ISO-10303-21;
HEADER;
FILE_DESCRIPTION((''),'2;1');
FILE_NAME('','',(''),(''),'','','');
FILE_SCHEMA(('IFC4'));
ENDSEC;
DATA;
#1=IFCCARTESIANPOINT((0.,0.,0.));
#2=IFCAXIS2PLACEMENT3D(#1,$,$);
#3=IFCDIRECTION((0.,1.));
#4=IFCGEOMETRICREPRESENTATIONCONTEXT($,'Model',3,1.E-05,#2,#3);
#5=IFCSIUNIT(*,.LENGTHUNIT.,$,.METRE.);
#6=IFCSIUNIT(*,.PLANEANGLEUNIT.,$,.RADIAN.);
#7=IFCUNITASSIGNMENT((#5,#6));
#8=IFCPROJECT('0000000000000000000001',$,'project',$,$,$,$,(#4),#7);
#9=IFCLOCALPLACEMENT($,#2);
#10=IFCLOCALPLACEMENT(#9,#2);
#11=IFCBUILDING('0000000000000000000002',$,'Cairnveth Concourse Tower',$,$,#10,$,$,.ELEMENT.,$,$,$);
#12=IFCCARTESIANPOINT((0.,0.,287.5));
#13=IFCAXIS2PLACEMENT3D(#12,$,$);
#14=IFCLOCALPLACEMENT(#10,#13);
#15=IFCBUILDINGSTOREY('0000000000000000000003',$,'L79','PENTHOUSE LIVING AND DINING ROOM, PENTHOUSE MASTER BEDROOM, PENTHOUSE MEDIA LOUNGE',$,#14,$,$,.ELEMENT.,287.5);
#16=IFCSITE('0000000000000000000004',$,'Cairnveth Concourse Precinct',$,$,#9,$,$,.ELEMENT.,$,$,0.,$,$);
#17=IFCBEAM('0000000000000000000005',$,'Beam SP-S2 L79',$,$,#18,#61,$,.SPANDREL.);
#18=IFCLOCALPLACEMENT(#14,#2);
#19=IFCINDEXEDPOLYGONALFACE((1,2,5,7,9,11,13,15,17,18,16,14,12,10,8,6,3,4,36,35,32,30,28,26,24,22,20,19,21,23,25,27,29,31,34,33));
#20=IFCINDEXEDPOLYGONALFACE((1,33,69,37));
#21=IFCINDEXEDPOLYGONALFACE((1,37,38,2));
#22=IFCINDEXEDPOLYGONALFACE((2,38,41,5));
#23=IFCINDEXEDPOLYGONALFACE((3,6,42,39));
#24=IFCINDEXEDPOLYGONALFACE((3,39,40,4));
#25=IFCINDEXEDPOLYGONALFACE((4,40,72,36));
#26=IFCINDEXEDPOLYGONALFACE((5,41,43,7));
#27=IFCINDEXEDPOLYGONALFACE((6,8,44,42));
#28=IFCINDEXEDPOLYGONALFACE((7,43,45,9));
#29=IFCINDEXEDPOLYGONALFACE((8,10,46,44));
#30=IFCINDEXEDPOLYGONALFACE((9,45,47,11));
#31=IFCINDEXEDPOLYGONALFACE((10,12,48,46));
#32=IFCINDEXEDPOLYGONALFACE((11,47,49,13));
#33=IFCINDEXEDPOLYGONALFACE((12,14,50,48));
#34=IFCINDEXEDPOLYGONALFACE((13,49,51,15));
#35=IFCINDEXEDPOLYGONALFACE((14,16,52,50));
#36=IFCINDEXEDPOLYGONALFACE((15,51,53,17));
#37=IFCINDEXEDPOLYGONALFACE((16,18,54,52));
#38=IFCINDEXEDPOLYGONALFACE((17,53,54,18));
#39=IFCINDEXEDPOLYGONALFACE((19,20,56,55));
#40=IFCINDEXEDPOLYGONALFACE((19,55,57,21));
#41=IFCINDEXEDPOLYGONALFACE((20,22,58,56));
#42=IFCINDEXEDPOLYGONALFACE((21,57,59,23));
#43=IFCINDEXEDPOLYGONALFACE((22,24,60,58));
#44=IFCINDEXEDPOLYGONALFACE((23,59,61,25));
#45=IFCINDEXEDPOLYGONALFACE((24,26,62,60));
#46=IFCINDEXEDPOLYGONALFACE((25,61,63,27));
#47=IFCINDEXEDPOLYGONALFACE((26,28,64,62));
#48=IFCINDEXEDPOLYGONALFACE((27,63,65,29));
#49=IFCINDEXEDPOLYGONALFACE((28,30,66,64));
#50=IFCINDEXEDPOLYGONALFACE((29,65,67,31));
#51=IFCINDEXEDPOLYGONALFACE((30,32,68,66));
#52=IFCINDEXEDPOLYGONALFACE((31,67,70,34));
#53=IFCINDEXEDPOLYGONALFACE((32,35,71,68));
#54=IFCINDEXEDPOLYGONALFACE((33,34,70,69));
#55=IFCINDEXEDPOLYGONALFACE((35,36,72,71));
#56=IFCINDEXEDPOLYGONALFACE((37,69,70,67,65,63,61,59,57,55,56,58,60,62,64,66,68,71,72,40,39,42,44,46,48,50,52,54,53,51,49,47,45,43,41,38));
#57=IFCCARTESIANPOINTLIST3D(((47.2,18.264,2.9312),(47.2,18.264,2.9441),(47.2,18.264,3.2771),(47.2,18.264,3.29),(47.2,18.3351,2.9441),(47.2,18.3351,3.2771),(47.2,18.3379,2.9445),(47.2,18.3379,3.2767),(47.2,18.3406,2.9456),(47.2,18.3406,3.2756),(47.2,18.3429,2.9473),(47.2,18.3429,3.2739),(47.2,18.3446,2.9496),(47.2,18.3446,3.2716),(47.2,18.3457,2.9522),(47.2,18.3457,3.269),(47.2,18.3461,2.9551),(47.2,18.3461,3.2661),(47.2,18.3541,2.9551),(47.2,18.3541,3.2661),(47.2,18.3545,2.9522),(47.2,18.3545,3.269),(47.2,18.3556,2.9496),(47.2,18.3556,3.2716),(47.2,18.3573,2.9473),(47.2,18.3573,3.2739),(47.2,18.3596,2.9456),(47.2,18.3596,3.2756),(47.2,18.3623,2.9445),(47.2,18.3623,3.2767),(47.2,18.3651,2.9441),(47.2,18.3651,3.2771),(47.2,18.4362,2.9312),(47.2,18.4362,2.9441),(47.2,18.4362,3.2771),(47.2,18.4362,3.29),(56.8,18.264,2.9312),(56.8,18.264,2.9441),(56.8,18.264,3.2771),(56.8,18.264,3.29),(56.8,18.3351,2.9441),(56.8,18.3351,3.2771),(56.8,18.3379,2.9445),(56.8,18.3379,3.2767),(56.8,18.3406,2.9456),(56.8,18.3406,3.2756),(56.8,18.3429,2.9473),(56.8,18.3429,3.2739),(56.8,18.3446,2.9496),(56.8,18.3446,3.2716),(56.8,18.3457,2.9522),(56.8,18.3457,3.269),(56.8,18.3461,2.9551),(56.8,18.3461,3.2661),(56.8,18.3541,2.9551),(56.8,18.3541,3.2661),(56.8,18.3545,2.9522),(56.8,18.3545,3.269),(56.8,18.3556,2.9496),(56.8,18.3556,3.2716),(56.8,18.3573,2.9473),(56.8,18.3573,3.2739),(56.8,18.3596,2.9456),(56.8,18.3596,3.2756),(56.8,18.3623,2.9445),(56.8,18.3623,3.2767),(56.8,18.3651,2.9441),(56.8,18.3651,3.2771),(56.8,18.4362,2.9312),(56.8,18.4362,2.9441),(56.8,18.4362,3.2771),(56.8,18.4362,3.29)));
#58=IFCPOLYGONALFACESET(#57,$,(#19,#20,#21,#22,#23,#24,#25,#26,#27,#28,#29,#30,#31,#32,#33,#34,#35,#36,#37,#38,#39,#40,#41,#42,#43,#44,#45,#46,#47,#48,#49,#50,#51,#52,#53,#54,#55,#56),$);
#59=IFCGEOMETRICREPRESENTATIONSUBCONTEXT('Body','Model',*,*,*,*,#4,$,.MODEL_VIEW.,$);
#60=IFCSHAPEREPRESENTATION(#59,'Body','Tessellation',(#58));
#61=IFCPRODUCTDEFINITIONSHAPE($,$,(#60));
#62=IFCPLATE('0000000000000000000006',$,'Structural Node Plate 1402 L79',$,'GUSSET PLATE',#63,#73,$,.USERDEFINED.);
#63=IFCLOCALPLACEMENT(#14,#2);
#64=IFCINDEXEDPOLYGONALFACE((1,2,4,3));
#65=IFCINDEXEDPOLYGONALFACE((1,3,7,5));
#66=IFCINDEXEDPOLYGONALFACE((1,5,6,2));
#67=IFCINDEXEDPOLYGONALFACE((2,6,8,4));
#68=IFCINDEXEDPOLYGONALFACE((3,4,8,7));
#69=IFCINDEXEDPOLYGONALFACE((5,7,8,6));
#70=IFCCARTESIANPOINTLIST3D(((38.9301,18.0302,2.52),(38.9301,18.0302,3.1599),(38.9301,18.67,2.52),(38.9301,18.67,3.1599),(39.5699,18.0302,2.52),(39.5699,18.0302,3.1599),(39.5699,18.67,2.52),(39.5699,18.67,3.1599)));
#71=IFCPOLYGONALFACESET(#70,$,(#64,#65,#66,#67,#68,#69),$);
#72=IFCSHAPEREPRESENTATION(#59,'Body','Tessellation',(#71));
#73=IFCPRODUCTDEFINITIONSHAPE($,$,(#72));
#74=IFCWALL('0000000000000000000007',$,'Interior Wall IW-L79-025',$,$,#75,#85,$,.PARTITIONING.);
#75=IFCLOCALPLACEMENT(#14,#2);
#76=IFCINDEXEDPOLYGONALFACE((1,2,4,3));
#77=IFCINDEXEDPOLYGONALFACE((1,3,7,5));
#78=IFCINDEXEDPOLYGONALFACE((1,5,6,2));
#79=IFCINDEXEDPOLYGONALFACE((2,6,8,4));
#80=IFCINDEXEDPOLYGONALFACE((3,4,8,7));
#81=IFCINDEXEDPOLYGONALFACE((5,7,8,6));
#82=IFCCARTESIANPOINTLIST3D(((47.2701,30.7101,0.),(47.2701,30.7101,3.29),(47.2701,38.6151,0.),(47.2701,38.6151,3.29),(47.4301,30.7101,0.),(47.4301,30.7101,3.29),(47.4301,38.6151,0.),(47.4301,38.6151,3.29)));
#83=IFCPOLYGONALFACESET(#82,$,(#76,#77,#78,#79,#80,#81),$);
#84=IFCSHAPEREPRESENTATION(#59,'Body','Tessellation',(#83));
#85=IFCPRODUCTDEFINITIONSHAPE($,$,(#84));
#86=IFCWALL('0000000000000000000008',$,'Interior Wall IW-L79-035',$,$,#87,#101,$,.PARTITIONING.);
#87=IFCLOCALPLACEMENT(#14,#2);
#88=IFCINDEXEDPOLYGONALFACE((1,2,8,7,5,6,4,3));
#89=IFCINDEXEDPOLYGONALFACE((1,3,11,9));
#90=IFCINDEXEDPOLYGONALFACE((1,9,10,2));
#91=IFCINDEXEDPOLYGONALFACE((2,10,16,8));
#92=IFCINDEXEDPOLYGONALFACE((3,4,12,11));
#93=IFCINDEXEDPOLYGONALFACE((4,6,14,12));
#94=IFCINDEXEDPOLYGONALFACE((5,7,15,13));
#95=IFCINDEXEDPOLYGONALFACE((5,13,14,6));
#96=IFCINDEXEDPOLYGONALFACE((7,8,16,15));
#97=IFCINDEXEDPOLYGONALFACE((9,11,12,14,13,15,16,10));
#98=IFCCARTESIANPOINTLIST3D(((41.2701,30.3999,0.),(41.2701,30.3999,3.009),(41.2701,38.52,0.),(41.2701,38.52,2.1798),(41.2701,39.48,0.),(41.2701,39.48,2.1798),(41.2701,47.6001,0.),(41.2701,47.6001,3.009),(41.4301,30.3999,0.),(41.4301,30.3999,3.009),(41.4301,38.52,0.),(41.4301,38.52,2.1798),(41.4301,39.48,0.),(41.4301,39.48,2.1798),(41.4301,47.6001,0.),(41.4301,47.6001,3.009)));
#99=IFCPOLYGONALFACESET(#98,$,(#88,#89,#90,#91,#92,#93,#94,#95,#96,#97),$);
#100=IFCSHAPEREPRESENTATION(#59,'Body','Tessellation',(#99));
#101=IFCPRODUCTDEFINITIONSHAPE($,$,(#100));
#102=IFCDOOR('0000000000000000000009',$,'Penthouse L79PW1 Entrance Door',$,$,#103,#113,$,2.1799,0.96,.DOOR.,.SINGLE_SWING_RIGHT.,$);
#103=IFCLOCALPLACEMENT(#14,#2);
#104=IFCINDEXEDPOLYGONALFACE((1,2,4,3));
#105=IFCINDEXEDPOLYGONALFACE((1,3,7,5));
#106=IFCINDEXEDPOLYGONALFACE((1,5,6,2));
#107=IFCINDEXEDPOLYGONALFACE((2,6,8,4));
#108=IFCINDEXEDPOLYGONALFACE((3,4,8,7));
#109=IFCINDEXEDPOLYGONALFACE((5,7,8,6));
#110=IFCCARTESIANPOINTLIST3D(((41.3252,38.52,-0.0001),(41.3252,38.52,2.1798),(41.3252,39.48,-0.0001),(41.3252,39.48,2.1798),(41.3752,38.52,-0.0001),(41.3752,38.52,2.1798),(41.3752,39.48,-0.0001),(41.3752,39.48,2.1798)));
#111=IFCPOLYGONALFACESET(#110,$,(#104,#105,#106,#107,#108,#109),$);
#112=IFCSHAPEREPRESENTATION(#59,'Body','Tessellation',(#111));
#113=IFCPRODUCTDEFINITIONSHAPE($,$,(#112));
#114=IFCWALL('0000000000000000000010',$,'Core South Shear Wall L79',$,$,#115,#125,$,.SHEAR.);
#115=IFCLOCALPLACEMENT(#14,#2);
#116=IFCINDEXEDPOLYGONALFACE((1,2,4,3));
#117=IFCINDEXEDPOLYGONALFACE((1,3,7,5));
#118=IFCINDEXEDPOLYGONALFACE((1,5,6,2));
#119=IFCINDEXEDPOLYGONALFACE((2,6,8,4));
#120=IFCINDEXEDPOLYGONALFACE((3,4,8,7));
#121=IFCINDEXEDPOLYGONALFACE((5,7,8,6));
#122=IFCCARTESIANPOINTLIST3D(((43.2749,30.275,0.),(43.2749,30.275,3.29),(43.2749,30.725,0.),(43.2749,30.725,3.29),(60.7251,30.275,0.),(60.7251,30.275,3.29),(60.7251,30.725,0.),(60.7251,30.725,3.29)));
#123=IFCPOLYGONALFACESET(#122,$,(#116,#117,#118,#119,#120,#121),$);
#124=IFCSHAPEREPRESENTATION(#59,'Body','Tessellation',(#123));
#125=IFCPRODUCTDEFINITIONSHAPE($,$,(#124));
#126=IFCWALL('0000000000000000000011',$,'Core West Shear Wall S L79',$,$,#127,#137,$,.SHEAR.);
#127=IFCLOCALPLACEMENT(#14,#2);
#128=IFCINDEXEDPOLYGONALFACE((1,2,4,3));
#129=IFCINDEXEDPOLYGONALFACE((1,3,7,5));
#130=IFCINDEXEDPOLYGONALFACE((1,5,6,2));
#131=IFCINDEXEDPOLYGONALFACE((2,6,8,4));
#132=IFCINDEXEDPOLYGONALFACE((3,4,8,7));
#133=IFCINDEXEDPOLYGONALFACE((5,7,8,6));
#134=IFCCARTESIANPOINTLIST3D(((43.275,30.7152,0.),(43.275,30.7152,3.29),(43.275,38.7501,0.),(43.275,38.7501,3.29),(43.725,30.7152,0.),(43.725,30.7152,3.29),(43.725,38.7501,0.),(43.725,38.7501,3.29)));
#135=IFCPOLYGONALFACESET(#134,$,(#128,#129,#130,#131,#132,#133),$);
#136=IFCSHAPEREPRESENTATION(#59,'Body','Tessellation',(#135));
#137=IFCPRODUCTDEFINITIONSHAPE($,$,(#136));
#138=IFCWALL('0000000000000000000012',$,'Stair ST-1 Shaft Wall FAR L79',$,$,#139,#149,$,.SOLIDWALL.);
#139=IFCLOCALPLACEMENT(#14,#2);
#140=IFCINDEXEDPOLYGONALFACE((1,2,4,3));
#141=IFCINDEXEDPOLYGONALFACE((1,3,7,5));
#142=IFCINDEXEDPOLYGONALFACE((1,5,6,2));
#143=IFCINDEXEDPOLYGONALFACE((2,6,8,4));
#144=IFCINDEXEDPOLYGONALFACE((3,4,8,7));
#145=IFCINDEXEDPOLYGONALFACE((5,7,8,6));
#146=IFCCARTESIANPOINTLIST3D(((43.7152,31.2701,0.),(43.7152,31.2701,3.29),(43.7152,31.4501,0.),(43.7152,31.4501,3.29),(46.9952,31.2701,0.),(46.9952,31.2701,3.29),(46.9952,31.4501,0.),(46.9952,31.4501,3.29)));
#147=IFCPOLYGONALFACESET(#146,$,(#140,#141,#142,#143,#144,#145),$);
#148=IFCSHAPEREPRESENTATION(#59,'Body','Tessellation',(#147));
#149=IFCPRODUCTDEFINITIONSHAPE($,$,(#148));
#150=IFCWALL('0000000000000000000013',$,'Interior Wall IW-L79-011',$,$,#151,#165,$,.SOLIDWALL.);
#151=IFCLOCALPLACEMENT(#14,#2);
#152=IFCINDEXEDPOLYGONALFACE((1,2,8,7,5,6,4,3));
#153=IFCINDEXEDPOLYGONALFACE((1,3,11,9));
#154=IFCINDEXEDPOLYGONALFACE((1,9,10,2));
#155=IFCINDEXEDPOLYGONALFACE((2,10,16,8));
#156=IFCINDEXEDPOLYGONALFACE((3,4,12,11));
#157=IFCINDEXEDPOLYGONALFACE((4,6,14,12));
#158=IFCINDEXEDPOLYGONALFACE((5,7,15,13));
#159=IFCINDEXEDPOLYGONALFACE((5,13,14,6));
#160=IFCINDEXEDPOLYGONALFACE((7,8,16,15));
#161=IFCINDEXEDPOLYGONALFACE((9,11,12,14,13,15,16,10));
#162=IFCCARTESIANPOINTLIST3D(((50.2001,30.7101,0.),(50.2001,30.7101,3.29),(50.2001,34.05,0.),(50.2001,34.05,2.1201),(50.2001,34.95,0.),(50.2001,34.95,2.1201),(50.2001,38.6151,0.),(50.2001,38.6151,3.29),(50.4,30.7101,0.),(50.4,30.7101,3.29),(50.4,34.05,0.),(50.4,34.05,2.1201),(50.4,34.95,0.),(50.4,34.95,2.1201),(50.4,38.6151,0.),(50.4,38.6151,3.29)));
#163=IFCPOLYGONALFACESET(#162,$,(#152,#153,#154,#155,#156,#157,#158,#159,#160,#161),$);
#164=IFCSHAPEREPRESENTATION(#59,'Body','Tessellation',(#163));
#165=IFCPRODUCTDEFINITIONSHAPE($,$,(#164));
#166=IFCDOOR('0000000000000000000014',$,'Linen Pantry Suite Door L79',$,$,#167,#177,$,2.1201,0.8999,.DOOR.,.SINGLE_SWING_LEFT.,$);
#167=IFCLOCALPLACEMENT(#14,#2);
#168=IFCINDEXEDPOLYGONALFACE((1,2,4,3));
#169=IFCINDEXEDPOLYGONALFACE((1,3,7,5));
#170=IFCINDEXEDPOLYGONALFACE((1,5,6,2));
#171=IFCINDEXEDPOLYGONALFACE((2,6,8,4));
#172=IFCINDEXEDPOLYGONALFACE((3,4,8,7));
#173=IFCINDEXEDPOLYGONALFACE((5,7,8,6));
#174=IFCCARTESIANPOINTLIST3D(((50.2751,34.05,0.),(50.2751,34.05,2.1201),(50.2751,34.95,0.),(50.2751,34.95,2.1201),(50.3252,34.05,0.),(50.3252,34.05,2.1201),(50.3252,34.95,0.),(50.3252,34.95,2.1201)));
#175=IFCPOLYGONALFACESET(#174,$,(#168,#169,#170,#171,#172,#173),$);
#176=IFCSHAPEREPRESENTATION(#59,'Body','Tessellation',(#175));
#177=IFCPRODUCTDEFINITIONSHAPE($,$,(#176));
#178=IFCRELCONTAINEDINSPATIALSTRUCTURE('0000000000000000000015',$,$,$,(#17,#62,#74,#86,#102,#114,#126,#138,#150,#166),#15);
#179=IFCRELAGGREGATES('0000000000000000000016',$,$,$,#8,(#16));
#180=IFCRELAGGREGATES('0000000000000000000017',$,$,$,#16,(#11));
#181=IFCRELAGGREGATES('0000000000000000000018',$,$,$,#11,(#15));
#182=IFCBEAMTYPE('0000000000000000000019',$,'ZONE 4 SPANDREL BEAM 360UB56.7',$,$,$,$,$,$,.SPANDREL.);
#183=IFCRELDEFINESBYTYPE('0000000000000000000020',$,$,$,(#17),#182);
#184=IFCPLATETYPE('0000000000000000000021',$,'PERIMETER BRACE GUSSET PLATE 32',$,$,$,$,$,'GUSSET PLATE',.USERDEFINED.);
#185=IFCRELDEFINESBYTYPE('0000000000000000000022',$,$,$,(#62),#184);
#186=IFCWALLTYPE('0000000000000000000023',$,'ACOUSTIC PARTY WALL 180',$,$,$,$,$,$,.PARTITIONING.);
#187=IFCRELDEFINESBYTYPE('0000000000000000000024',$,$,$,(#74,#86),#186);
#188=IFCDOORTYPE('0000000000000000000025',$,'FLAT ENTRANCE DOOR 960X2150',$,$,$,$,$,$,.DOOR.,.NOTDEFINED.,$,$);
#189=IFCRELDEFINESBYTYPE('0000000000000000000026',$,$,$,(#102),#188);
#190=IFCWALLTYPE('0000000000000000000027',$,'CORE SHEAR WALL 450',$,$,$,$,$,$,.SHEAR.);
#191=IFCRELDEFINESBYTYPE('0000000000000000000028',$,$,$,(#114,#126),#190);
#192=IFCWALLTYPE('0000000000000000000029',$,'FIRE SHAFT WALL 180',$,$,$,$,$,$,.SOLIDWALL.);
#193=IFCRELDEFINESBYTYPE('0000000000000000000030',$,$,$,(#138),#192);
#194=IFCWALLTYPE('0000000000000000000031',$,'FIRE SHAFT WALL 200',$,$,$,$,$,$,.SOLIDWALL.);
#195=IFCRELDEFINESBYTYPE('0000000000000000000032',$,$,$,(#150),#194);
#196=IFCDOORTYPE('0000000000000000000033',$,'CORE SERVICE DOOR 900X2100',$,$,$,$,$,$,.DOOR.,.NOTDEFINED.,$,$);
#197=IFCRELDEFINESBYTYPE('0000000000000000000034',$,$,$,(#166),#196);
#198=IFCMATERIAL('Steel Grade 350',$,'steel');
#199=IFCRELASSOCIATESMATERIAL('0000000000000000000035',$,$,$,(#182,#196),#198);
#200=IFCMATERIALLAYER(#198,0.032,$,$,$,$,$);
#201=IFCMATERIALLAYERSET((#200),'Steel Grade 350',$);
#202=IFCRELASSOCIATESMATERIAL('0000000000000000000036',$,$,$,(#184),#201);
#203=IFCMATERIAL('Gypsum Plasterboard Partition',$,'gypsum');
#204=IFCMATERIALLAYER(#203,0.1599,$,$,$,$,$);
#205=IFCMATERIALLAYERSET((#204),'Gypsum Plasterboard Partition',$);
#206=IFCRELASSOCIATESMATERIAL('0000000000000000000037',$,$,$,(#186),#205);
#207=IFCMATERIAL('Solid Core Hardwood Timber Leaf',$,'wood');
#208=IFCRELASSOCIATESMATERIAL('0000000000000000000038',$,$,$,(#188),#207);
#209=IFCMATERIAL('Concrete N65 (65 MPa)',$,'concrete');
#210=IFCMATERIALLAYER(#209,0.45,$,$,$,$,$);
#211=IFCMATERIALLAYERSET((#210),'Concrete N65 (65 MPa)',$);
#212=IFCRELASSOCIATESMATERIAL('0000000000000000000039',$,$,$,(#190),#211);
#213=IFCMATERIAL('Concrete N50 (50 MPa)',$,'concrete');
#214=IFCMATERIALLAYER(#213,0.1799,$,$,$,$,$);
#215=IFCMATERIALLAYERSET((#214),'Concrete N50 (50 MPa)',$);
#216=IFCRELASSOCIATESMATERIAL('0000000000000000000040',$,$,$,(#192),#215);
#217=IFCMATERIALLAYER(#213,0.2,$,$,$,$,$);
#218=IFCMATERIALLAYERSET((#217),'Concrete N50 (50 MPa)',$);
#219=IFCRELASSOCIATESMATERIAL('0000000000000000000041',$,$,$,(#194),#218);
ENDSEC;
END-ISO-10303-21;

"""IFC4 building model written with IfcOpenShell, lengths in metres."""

from ifc_helpers import new_model, si_unit, direction, frame, frame_2d, origin, origin_2d, place, context, subcontext, project, spatial, rectangle, i_section, extrude, material, layer, layer_set, material_profile, profile_set, type_object, element, fill, save


model = new_model("IFC4")

# Units and contexts
model_context = context("Model", 3, precision=1e-05, world=origin(), true_north=direction((0.0, 1.0)))
body_context = subcontext(model_context, "Body", "Model", "MODEL_VIEW")
ifc_project = project(units=[si_unit("LENGTHUNIT", "METRE"), si_unit("PLANEANGLEUNIT", "RADIAN")], contexts=[model_context])

# Site, building, storey
site_placement = place(None, origin())
site = spatial("IfcSite", under=ifc_project, at=site_placement, Name="Cairnveth Concourse Precinct", CompositionType="ELEMENT", RefElevation=0.0)
building_placement = place(site_placement, origin())
building = spatial("IfcBuilding", under=site, at=building_placement, Name="Cairnveth Concourse Tower", CompositionType="ELEMENT")
storey_placement = place(building_placement, frame((0.0, 0.0, 287.5)))
storey = spatial("IfcBuildingStorey", under=building, at=storey_placement, Name="L79", Description="PENTHOUSE LIVING AND DINING ROOM, PENTHOUSE MASTER BEDROOM, PENTHOUSE MEDIA LOUNGE", CompositionType="ELEMENT", Elevation=287.5)

# Shared definitions
ifc_material_1 = material(Name="Concrete N50 (50 MPa)", Category="concrete")
ifc_material_2 = material(Name="Steel Grade 350", Category="steel")

# Beam
ifc_material_profile_1 = material_profile(ifc_material_2, i_section(OverallWidth=0.1721, OverallDepth=0.3589, WebThickness=0.0081, FlangeThickness=0.0129, FilletRadius=0.011, at=origin_2d()), Name="360UB56.7")
ifc_profile_set_1 = profile_set([ifc_material_profile_1], Name="Steel Grade 350")
beam_type_1 = type_object("IfcBeamType", Name="ZONE 4 SPANDREL BEAM 360UB56.7", PredefinedType="SPANDREL", material=ifc_profile_set_1)
beam_1_placement = place(storey_placement, frame((47.2, 18.3501, 3.1106), z_axis=(1.0, 0.0, 0.0), x_axis=(0.0, 1.0, 0.0)))
element("IfcBeam", 1, at=beam_1_placement, inside=storey, type_object=beam_type_1, Name="Beam SP-S2 L79", PredefinedType="SPANDREL", context=body_context, shape_type="SweptSolid", body=[
    extrude(i_section(OverallWidth=0.1721, OverallDepth=0.3589, WebThickness=0.0081, FlangeThickness=0.0129, FilletRadius=0.011, at=origin_2d()), origin(), (0.0, 0.0, 1.0), 9.6001),
])

# Plate
ifc_layer_1 = layer(ifc_material_2, 0.032)
ifc_layer_set_1 = layer_set([ifc_layer_1], Name="Steel Grade 350")
plate_type = type_object("IfcPlateType", Name="PERIMETER BRACE GUSSET PLATE 32", ElementType="GUSSET PLATE", PredefinedType="USERDEFINED", material=ifc_layer_set_1)
plate_placement = place(storey_placement, frame((39.25, 18.3501, 2.52), z_axis=(0.0, 0.0, 1.0), x_axis=(1.0, 0.0, 0.0)))
element("IfcPlate", 2, at=plate_placement, inside=storey, type_object=plate_type, Name="Structural Node Plate 1402 L79", ObjectType="GUSSET PLATE", PredefinedType="USERDEFINED", context=body_context, shape_type="SweptSolid", body=[
    extrude(rectangle(XDim=0.6399, YDim=0.6399, at=origin_2d()), origin(), (0.0, 0.0, 1.0), 0.6399),
])

# Wall
ifc_material_3 = material(Name="Gypsum Plasterboard Partition", Category="gypsum")
ifc_layer_2 = layer(ifc_material_3, 0.1599)
ifc_layer_set_2 = layer_set([ifc_layer_2], Name="Gypsum Plasterboard Partition")
wall_type_1 = type_object("IfcWallType", Name="ACOUSTIC PARTY WALL 180", PredefinedType="PARTITIONING", material=ifc_layer_set_2)
wall_1_placement = place(storey_placement, frame((47.3501, 30.71, 0.0), z_axis=(0.0, 0.0, 1.0), x_axis=(0.0, 1.0, 0.0)))
element("IfcWall", 3, at=wall_1_placement, inside=storey, type_object=wall_type_1, Name="Interior Wall IW-L79-025", PredefinedType="PARTITIONING", context=body_context, shape_type="SweptSolid", body=[
    extrude(rectangle(XDim=7.905, YDim=0.1599, at=frame_2d((3.9526, 0.0))), origin(), (0.0, 0.0, 1.0), 3.29),
])

# Wall, opening, door
wall_2_placement = place(storey_placement, frame((41.3501, 30.3999, 0.0), z_axis=(0.0, 0.0, 1.0), x_axis=(0.0, 1.0, 0.0)))
wall_2 = element("IfcWall", 4, at=wall_2_placement, inside=storey, type_object=wall_type_1, Name="Interior Wall IW-L79-035", PredefinedType="PARTITIONING", context=body_context, shape_type="SweptSolid", body=[
    extrude(rectangle(XDim=17.2002, YDim=0.1599, at=frame_2d((8.6001, 0.0))), origin(), (0.0, 0.0, 1.0), 3.009),
])
opening_1_placement = place(wall_2_placement, frame((8.1201, 0.0, 0.0)))
opening_1 = element("IfcOpeningElement", 5, at=opening_1_placement, cuts=wall_2, PredefinedType="OPENING", context=body_context, shape_type="SweptSolid", body=[
    extrude(rectangle(XDim=0.96, YDim=2.1799, at=frame_2d((0.48, 1.0898))), frame((0.0, 0.0898, 0.0), z_axis=(0.0, -1.0, 0.0), x_axis=(1.0, 0.0, 0.0)), (0.0, 0.0, 1.0), 0.1799),
])
ifc_material_4 = material(Name="Solid Core Hardwood Timber Leaf", Category="wood")
door_type_1 = type_object("IfcDoorType", Name="FLAT ENTRANCE DOOR 960X2150", OperationType="NOTDEFINED", PredefinedType="DOOR", material=ifc_material_4)
door_1_placement = place(opening_1_placement, origin())
door_1 = element("IfcDoor", 6, at=door_1_placement, inside=storey, type_object=door_type_1, Name="Penthouse L79PW1 Entrance Door", OperationType="SINGLE_SWING_RIGHT", OverallHeight=2.1799, OverallWidth=0.96, PredefinedType="DOOR", context=body_context, shape_type="SweptSolid", body=[
    extrude(rectangle(XDim=0.96, YDim=2.1799, at=frame_2d((0.48, 1.0898))), frame((0.0, 0.0249, 0.0), z_axis=(0.0, -1.0, 0.0), x_axis=(1.0, 0.0, 0.0)), (0.0, 0.0, 1.0), 0.05),
])
fill(opening_1, door_1)

# Walls
ifc_material_5 = material(Name="Concrete N65 (65 MPa)", Category="concrete")
ifc_layer_3 = layer(ifc_material_5, 0.45)
ifc_layer_set_3 = layer_set([ifc_layer_3], Name="Concrete N65 (65 MPa)")
wall_type_2 = type_object("IfcWallType", Name="CORE SHEAR WALL 450", PredefinedType="SHEAR", material=ifc_layer_set_3)
wall_3_placement = place(storey_placement, frame((43.2749, 30.5, 0.0), z_axis=(0.0, 0.0, 1.0), x_axis=(1.0, 0.0, 0.0)))
element("IfcWall", 7, at=wall_3_placement, inside=storey, type_object=wall_type_2, Name="Core South Shear Wall L79", PredefinedType="SHEAR", context=body_context, shape_type="SweptSolid", body=[
    extrude(rectangle(XDim=17.4502, YDim=0.45, at=frame_2d((8.7251, 0.0))), origin(), (0.0, 0.0, 1.0), 3.29),
])
wall_4_placement = place(storey_placement, frame((43.5, 30.7151, 0.0), z_axis=(0.0, 0.0, 1.0), x_axis=(0.0, 1.0, 0.0)))
element("IfcWall", 8, at=wall_4_placement, inside=storey, type_object=wall_type_2, Name="Core West Shear Wall S L79", PredefinedType="SHEAR", context=body_context, shape_type="SweptSolid", body=[
    extrude(rectangle(XDim=8.0349, YDim=0.45, at=frame_2d((4.0176, 0.0))), origin(), (0.0, 0.0, 1.0), 3.29),
])
ifc_layer_4 = layer(ifc_material_1, 0.1799)
ifc_layer_set_4 = layer_set([ifc_layer_4], Name="Concrete N50 (50 MPa)")
wall_type_3 = type_object("IfcWallType", Name="FIRE SHAFT WALL 180", PredefinedType="SOLIDWALL", material=ifc_layer_set_4)
wall_5_placement = place(storey_placement, frame((43.7151, 31.3601, 0.0), z_axis=(0.0, 0.0, 1.0), x_axis=(1.0, 0.0, 0.0)))
element("IfcWall", 9, at=wall_5_placement, inside=storey, type_object=wall_type_3, Name="Stair ST-1 Shaft Wall FAR L79", PredefinedType="SOLIDWALL", context=body_context, shape_type="SweptSolid", body=[
    extrude(rectangle(XDim=3.28, YDim=0.1799, at=frame_2d((1.6401, 0.0))), origin(), (0.0, 0.0, 1.0), 3.29),
])

# Wall, opening, door
ifc_layer_5 = layer(ifc_material_1, 0.2)
ifc_layer_set_5 = layer_set([ifc_layer_5], Name="Concrete N50 (50 MPa)")
wall_type_4 = type_object("IfcWallType", Name="FIRE SHAFT WALL 200", PredefinedType="SOLIDWALL", material=ifc_layer_set_5)
wall_6_placement = place(storey_placement, frame((50.3, 30.71, 0.0), z_axis=(0.0, 0.0, 1.0), x_axis=(0.0, 1.0, 0.0)))
wall_6 = element("IfcWall", 10, at=wall_6_placement, inside=storey, type_object=wall_type_4, Name="Interior Wall IW-L79-011", PredefinedType="SOLIDWALL", context=body_context, shape_type="SweptSolid", body=[
    extrude(rectangle(XDim=7.905, YDim=0.2, at=frame_2d((3.9526, 0.0))), origin(), (0.0, 0.0, 1.0), 3.29),
])
opening_2_placement = place(wall_6_placement, frame((3.3401, 0.0, 0.0)))
opening_2 = element("IfcOpeningElement", 11, at=opening_2_placement, cuts=wall_6, PredefinedType="OPENING", context=body_context, shape_type="SweptSolid", body=[
    extrude(rectangle(XDim=0.8999, YDim=2.1201, at=frame_2d((0.45, 1.0601))), frame((0.0, 0.1099, 0.0), z_axis=(0.0, -1.0, 0.0), x_axis=(1.0, 0.0, 0.0)), (0.0, 0.0, 1.0), 0.22),
])
door_type_2 = type_object("IfcDoorType", Name="CORE SERVICE DOOR 900X2100", OperationType="NOTDEFINED", PredefinedType="DOOR", material=ifc_material_2)
door_2_placement = place(opening_2_placement, origin())
door_2 = element("IfcDoor", 12, at=door_2_placement, inside=storey, type_object=door_type_2, Name="Linen Pantry Suite Door L79", OperationType="SINGLE_SWING_LEFT", OverallHeight=2.1201, OverallWidth=0.8999, PredefinedType="DOOR", context=body_context, shape_type="SweptSolid", body=[
    extrude(rectangle(XDim=0.8999, YDim=2.1201, at=frame_2d((0.45, 1.0601))), frame((0.0, 0.0249, 0.0), z_axis=(0.0, -1.0, 0.0), x_axis=(1.0, 0.0, 0.0)), (0.0, 0.0, 1.0), 0.05),
])
fill(opening_2, door_2)

save(model, "model.ifc")
